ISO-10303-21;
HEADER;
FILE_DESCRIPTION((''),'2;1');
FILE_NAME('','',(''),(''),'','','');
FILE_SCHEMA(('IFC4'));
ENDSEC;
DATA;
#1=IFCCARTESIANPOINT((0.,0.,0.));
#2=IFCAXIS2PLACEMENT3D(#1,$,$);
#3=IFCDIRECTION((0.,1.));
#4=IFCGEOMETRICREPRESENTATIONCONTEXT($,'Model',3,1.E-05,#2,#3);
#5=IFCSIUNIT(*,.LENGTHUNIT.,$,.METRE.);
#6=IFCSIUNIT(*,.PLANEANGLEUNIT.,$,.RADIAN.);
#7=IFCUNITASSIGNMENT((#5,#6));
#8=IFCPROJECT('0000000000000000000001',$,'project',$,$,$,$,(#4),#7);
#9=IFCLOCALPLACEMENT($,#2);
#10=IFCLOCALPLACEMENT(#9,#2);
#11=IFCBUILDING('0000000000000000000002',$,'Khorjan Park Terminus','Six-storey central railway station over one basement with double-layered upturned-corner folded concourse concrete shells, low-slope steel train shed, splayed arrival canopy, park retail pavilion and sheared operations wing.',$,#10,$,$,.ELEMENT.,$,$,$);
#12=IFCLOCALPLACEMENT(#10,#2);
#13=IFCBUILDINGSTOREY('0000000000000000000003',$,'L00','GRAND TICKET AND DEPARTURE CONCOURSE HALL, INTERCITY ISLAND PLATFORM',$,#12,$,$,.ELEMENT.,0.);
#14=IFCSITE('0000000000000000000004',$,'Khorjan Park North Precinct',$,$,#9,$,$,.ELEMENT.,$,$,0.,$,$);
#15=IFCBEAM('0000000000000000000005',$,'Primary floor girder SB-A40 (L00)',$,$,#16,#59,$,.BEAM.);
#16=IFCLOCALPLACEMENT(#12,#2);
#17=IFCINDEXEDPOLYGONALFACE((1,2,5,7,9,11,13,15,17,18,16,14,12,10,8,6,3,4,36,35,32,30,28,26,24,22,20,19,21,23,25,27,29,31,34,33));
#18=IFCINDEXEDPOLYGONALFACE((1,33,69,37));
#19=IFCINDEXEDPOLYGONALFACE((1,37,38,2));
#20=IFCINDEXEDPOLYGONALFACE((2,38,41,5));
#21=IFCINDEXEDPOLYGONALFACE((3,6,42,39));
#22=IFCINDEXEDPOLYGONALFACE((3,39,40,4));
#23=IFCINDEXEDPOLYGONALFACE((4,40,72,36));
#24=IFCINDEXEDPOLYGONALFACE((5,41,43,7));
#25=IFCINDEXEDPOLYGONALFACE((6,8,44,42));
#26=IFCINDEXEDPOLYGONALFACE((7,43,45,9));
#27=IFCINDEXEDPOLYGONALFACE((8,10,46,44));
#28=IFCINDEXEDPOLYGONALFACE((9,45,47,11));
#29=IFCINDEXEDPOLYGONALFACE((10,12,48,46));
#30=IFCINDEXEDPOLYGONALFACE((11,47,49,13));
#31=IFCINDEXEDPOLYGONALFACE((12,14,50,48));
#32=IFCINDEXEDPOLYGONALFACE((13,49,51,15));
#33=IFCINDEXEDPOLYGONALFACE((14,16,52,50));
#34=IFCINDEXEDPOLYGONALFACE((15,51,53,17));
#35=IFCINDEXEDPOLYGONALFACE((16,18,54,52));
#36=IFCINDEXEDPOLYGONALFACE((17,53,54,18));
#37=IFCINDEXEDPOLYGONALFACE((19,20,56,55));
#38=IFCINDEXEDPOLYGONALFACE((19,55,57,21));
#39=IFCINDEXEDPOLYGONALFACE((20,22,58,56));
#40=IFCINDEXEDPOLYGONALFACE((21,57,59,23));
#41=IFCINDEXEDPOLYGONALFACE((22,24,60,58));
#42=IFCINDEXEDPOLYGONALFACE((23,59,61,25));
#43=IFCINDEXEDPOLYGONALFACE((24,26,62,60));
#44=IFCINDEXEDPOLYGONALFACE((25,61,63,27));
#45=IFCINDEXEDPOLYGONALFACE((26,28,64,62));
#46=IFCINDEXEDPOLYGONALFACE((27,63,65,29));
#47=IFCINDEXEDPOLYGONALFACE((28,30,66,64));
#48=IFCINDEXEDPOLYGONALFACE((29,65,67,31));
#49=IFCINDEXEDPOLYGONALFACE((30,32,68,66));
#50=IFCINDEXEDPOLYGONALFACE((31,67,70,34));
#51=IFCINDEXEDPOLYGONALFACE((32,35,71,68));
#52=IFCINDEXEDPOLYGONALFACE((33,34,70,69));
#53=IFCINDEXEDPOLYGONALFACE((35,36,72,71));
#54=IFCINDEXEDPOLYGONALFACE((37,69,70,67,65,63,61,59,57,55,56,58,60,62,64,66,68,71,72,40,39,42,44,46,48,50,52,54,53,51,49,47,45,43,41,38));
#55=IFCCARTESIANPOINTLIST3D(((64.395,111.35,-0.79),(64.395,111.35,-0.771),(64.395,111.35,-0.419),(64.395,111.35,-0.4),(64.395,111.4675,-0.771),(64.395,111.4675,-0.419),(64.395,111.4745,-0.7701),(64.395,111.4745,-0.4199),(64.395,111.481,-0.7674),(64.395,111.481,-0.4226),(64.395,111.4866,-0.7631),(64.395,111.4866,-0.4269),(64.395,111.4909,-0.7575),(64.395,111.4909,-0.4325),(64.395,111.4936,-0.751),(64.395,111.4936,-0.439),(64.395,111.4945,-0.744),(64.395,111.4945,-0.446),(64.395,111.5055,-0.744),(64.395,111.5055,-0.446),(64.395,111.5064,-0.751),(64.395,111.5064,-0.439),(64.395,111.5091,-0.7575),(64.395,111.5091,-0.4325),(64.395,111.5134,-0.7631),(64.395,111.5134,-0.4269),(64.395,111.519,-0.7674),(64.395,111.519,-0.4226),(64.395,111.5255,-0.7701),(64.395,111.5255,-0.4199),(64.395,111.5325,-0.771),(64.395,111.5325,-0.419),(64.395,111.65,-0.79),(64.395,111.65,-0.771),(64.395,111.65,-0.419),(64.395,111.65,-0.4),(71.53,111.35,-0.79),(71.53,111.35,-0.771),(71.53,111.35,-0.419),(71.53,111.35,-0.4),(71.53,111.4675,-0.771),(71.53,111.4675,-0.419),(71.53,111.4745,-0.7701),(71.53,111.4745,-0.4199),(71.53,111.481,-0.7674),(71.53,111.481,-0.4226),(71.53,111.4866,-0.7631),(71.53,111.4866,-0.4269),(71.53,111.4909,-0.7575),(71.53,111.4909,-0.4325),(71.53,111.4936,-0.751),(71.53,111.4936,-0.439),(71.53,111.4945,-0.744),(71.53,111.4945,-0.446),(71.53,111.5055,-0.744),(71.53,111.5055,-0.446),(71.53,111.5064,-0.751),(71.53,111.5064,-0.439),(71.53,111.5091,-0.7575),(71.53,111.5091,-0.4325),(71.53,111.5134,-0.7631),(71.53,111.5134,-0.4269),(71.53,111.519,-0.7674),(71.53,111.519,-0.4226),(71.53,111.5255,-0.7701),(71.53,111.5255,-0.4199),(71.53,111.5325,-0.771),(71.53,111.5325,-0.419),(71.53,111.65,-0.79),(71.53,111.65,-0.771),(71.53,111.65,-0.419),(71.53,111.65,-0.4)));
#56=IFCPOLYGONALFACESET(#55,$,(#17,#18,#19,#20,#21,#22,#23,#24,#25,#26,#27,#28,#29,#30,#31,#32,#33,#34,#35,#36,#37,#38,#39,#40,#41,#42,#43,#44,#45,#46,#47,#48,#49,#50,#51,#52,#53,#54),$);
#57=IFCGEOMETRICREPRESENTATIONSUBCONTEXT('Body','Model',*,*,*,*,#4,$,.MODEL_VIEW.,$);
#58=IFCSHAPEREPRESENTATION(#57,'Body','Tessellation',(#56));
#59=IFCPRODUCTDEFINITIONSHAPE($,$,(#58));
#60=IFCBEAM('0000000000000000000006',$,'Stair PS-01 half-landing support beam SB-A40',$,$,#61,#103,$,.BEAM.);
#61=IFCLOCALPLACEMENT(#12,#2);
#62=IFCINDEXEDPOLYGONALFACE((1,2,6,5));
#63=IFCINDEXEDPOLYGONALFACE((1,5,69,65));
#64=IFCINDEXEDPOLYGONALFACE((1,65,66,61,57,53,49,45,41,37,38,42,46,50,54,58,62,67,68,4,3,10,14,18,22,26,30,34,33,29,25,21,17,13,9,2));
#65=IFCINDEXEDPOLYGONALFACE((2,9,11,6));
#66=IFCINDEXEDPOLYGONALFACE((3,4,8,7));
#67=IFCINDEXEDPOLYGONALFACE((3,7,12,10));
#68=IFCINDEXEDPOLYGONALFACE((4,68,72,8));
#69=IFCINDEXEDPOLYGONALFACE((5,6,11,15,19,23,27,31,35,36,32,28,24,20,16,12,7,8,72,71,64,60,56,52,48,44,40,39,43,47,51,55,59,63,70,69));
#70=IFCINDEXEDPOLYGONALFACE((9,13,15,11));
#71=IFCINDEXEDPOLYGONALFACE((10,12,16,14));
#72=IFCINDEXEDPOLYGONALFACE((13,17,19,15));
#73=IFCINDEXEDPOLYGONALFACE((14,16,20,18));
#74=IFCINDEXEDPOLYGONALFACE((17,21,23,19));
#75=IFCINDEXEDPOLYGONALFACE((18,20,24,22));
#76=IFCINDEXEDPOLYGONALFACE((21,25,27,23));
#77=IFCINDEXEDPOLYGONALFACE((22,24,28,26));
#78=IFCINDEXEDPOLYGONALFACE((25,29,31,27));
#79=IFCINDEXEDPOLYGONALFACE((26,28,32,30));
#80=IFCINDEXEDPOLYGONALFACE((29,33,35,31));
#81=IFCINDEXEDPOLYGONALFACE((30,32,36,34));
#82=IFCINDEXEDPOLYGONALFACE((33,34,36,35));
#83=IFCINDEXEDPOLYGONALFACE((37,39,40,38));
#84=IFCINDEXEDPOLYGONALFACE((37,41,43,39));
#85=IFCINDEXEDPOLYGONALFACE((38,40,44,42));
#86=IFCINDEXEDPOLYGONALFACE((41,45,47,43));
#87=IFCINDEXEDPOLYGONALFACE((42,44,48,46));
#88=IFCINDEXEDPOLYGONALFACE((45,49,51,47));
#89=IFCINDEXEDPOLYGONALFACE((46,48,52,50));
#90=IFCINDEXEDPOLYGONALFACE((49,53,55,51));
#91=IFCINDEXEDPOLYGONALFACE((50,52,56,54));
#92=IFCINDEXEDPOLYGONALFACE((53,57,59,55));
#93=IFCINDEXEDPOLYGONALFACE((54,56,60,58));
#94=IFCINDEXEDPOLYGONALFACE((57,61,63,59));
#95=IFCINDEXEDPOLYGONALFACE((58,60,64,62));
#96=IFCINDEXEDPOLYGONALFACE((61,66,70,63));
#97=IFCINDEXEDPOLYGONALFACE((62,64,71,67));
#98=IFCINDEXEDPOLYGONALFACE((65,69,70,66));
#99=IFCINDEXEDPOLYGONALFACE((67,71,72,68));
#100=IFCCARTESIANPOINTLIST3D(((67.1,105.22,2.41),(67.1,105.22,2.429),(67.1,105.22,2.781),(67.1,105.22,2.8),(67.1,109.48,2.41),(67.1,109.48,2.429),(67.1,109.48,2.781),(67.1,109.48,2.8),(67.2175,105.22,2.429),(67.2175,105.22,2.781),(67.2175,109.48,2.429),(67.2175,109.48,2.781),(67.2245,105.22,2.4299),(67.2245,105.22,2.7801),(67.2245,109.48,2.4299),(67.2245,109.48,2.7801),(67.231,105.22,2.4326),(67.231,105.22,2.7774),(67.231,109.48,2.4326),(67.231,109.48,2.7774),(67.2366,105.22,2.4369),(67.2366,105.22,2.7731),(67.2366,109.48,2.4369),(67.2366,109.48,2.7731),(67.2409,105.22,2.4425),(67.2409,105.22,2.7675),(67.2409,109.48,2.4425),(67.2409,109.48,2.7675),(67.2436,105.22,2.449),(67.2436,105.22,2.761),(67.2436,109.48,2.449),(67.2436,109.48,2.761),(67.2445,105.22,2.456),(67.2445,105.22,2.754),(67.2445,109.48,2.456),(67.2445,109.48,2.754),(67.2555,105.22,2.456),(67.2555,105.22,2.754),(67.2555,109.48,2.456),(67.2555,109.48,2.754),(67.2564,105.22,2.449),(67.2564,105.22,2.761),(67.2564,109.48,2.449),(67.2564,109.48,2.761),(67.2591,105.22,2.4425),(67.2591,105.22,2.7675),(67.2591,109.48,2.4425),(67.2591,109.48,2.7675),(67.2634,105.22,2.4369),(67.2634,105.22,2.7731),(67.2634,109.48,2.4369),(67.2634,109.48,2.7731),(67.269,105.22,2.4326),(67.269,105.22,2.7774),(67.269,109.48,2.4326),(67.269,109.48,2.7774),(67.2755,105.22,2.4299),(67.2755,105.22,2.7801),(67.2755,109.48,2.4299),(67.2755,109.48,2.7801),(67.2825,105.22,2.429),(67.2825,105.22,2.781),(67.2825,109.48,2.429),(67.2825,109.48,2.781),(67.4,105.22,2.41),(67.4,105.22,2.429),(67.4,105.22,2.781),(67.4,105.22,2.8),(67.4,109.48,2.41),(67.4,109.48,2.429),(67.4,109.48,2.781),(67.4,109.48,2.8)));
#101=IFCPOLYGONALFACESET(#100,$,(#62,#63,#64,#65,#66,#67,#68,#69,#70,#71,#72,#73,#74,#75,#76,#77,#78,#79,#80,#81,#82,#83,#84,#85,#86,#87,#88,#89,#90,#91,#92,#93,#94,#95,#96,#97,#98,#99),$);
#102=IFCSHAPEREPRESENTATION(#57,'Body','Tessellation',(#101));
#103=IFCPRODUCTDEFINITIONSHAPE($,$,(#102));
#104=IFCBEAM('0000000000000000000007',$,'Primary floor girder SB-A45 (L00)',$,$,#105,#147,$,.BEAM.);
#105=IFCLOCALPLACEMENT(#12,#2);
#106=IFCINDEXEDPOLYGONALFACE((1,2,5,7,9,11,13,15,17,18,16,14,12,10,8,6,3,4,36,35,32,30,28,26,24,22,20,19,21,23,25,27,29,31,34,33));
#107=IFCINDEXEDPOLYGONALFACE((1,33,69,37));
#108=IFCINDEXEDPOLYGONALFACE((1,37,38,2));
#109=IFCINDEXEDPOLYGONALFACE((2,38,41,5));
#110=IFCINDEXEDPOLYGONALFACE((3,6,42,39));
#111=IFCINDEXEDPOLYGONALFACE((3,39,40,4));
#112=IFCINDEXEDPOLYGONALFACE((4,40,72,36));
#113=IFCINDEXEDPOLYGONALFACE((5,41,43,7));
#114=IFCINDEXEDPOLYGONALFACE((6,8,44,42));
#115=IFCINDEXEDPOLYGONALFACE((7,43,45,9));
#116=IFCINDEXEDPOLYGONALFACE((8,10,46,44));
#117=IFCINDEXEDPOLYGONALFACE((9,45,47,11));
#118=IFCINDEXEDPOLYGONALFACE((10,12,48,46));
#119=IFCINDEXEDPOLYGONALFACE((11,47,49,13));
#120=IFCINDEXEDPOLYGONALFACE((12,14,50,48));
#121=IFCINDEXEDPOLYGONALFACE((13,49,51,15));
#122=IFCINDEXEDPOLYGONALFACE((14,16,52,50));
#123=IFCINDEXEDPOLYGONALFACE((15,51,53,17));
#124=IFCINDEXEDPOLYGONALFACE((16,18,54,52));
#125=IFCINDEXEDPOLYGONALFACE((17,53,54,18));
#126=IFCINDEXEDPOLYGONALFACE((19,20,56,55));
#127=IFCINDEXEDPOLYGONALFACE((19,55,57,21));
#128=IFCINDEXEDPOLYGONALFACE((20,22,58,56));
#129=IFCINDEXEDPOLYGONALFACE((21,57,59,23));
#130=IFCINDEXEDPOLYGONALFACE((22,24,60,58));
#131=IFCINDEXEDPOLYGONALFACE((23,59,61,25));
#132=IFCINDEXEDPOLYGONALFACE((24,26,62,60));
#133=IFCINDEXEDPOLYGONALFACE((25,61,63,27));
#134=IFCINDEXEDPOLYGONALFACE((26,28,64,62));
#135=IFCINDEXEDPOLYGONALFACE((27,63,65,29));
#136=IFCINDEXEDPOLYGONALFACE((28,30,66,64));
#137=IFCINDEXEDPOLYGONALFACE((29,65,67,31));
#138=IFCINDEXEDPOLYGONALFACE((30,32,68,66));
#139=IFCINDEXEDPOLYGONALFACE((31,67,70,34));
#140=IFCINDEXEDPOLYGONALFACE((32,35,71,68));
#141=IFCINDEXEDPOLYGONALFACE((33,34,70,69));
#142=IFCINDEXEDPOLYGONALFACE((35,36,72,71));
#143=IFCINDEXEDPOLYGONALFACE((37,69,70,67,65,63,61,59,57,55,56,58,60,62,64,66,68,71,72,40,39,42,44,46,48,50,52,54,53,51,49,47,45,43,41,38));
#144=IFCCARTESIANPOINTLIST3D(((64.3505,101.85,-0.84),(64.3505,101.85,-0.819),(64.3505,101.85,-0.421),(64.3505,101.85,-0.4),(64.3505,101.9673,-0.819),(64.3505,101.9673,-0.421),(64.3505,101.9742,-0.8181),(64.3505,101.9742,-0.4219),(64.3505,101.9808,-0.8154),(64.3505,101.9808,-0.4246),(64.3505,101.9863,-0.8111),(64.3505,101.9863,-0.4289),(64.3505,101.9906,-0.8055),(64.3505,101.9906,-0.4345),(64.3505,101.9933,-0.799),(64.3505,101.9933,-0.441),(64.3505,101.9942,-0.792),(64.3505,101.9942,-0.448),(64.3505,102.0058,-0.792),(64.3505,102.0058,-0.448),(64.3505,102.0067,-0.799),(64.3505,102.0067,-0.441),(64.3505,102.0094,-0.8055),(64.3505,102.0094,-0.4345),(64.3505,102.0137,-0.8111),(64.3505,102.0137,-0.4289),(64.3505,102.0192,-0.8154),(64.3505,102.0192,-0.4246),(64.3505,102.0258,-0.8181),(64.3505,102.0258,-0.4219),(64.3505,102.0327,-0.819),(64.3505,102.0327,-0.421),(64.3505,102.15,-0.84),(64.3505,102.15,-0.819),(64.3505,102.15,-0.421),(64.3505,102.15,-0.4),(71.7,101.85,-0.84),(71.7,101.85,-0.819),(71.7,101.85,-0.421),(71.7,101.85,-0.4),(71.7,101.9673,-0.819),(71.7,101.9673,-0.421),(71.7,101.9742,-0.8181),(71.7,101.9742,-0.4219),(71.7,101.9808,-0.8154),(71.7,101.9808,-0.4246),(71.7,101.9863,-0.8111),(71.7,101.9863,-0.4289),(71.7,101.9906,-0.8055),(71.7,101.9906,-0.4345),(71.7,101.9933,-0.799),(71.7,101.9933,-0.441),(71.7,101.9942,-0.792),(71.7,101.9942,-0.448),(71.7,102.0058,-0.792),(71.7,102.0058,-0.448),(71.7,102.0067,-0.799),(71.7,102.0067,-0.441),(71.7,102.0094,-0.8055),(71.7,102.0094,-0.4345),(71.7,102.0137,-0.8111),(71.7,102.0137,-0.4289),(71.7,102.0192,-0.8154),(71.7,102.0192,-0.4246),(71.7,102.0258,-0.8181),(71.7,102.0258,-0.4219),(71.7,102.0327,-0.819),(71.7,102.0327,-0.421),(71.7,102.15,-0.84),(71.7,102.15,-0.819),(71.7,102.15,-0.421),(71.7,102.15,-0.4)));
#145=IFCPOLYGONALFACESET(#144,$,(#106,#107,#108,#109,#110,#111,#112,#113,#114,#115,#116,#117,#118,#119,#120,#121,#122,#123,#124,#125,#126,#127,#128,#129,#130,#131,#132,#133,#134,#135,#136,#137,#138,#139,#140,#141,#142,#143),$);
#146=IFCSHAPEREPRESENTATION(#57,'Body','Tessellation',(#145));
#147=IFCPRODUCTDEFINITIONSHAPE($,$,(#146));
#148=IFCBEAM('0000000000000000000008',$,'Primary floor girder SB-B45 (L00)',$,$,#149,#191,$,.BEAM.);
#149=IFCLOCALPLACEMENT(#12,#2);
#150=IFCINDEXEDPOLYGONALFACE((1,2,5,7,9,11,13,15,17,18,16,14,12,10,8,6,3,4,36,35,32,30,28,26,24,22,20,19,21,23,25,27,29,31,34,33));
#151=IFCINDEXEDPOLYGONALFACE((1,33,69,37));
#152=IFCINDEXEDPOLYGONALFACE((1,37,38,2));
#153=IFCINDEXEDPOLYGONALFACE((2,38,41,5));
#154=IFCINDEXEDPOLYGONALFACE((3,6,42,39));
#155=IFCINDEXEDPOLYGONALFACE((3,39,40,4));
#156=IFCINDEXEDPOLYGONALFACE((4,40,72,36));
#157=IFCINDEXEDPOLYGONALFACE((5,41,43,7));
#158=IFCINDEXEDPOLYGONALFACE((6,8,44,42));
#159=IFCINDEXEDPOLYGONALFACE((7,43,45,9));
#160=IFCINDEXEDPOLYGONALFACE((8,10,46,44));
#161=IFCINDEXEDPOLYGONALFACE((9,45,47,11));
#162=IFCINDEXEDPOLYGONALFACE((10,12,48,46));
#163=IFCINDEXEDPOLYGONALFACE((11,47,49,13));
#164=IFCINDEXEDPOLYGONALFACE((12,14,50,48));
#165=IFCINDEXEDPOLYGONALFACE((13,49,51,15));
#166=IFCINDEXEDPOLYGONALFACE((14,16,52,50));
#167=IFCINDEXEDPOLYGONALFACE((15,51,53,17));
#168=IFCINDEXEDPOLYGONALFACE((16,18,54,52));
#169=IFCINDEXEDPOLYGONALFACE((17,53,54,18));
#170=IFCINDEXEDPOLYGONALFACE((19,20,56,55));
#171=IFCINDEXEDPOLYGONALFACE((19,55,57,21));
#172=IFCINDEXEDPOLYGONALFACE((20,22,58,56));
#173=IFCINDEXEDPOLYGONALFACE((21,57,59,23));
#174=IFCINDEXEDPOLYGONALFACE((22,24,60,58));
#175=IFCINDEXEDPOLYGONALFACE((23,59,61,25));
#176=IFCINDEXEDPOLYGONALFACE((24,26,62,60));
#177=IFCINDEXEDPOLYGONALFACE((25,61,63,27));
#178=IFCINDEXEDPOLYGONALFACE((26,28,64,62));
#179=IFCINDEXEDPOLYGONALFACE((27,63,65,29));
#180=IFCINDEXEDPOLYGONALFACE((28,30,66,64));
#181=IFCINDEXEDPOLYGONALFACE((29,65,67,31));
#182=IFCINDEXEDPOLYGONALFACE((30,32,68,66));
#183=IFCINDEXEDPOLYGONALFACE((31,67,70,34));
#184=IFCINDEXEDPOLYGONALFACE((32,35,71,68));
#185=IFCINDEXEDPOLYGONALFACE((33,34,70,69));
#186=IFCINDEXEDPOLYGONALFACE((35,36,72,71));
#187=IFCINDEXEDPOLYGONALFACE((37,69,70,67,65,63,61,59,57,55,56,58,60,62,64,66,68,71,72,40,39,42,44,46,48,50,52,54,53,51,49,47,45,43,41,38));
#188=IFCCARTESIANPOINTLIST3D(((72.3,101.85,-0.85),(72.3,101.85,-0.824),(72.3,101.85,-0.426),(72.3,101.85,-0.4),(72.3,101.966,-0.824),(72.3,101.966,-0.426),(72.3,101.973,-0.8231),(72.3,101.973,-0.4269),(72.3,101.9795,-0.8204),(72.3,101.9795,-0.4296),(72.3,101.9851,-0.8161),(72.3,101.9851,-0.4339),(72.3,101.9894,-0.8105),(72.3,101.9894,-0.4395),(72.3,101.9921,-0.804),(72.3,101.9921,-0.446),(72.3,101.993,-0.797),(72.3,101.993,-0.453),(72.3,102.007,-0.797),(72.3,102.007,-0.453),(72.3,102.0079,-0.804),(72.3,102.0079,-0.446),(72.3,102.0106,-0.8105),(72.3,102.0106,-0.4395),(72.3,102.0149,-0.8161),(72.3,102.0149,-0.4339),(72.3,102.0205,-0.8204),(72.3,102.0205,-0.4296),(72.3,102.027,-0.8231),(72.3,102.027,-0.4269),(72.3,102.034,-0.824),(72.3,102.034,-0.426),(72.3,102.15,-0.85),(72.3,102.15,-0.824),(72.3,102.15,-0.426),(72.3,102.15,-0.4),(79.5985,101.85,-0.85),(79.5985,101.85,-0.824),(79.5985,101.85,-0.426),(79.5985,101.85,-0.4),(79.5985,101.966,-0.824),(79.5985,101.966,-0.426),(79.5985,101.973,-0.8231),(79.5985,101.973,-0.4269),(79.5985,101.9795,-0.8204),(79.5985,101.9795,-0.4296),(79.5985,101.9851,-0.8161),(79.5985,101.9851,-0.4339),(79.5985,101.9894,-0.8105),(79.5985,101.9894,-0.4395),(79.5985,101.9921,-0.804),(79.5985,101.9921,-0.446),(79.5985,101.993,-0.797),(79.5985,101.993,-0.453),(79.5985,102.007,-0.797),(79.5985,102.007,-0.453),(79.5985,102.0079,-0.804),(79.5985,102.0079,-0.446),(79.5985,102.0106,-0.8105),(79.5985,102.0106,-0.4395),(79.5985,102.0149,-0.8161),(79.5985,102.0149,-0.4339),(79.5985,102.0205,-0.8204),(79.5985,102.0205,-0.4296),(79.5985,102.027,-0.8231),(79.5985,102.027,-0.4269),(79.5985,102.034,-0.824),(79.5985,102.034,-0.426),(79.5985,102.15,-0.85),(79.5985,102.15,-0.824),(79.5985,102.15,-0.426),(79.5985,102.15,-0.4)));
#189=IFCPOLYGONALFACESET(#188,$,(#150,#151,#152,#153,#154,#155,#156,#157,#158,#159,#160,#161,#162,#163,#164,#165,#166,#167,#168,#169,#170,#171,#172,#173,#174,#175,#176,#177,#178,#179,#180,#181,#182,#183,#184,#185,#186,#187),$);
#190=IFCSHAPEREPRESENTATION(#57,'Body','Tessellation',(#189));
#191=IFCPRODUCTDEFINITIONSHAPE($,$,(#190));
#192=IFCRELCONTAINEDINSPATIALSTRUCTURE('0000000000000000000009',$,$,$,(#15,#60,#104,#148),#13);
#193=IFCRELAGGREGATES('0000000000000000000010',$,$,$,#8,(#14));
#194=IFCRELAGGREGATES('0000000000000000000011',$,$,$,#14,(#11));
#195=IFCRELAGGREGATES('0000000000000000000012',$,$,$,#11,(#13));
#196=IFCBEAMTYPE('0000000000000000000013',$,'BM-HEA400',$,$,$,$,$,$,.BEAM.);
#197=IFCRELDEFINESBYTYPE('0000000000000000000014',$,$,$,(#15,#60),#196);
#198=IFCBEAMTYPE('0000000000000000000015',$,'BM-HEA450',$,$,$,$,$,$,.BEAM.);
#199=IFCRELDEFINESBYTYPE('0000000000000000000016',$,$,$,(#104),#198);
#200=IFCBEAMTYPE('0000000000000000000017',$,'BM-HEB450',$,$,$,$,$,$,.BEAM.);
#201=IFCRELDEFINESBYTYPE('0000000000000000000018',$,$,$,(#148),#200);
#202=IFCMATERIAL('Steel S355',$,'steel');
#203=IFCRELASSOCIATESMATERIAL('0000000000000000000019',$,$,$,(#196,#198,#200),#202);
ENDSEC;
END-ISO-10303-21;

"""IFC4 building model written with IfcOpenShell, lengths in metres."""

from ifc_helpers import new_model, si_unit, direction, frame, origin, origin_2d, place, context, subcontext, project, spatial, i_section, extrude, material, material_profile, profile_set, type_object, element, save


model = new_model("IFC4")

# Units and contexts
model_context = context("Model", 3, precision=1e-05, world=origin(), true_north=direction((0.0, 1.0)))
body_context = subcontext(model_context, "Body", "Model", "MODEL_VIEW")
ifc_project = project(units=[si_unit("LENGTHUNIT", "METRE"), si_unit("PLANEANGLEUNIT", "RADIAN")], contexts=[model_context])

# Site, building, storey
site_placement = place(None, origin())
site = spatial("IfcSite", under=ifc_project, at=site_placement, Name="Khorjan Park North Precinct", CompositionType="ELEMENT", RefElevation=0.0)
building_placement = place(site_placement, origin())
building = spatial("IfcBuilding", under=site, at=building_placement, Name="Khorjan Park Terminus", Description="Six-storey central railway station over one basement with double-layered upturned-corner folded concourse concrete shells, low-slope steel train shed, splayed arrival canopy, park retail pavilion and sheared operations wing.", CompositionType="ELEMENT")
storey_placement = place(building_placement, origin())
storey = spatial("IfcBuildingStorey", under=building, at=storey_placement, Name="L00", Description="GRAND TICKET AND DEPARTURE CONCOURSE HALL, INTERCITY ISLAND PLATFORM", CompositionType="ELEMENT", Elevation=0.0)

# Shared definitions
ifc_material_1 = material(Name="Steel S355", Category="steel")

# Beams
ifc_material_profile_1 = material_profile(ifc_material_1, i_section(OverallWidth=0.3, OverallDepth=0.39, WebThickness=0.011, FlangeThickness=0.019, FilletRadius=0.027, at=origin_2d()), Name="HEA 400")
ifc_profile_set_1 = profile_set([ifc_material_profile_1], Name="Steel S355")
beam_type_1 = type_object("IfcBeamType", Name="BM-HEA400", PredefinedType="BEAM", material=ifc_profile_set_1)
beam_1_placement = place(storey_placement, frame((64.395, 111.5, -0.595), z_axis=(1.0, 0.0, 0.0), x_axis=(0.0, 1.0, 0.0)))
element("IfcBeam", 1, at=beam_1_placement, inside=storey, type_object=beam_type_1, Name="Primary floor girder SB-A40 (L00)", PredefinedType="BEAM", context=body_context, shape_type="SweptSolid", body=[
    extrude(i_section(OverallWidth=0.3, OverallDepth=0.39, WebThickness=0.011, FlangeThickness=0.019, FilletRadius=0.027, at=origin_2d()), origin(), (0.0, 0.0, 1.0), 7.135),
])
beam_2_placement = place(storey_placement, frame((67.25, 105.22, 2.605), z_axis=(0.0, 1.0, 0.0), x_axis=(-1.0, 0.0, 0.0)))
element("IfcBeam", 2, at=beam_2_placement, inside=storey, type_object=beam_type_1, Name="Stair PS-01 half-landing support beam SB-A40", PredefinedType="BEAM", context=body_context, shape_type="SweptSolid", body=[
    extrude(i_section(OverallWidth=0.3, OverallDepth=0.39, WebThickness=0.011, FlangeThickness=0.019, FilletRadius=0.027, at=origin_2d()), origin(), (0.0, 0.0, 1.0), 4.26),
])
ifc_material_profile_2 = material_profile(ifc_material_1, i_section(OverallWidth=0.3, OverallDepth=0.44, WebThickness=0.0115, FlangeThickness=0.021, FilletRadius=0.027, at=origin_2d()), Name="HEA 450")
ifc_profile_set_2 = profile_set([ifc_material_profile_2], Name="Steel S355")
beam_type_2 = type_object("IfcBeamType", Name="BM-HEA450", PredefinedType="BEAM", material=ifc_profile_set_2)
beam_3_placement = place(storey_placement, frame((64.3505, 102.0, -0.62), z_axis=(1.0, 0.0, 0.0), x_axis=(0.0, 1.0, 0.0)))
element("IfcBeam", 3, at=beam_3_placement, inside=storey, type_object=beam_type_2, Name="Primary floor girder SB-A45 (L00)", PredefinedType="BEAM", context=body_context, shape_type="SweptSolid", body=[
    extrude(i_section(OverallWidth=0.3, OverallDepth=0.44, WebThickness=0.0115, FlangeThickness=0.021, FilletRadius=0.027, at=origin_2d()), origin(), (0.0, 0.0, 1.0), 7.3495),
])
ifc_material_profile_3 = material_profile(ifc_material_1, i_section(OverallWidth=0.3, OverallDepth=0.45, WebThickness=0.014, FlangeThickness=0.026, FilletRadius=0.027, at=origin_2d()), Name="HEB 450")
ifc_profile_set_3 = profile_set([ifc_material_profile_3], Name="Steel S355")
beam_type_3 = type_object("IfcBeamType", Name="BM-HEB450", PredefinedType="BEAM", material=ifc_profile_set_3)
beam_4_placement = place(storey_placement, frame((72.3, 102.0, -0.625), z_axis=(1.0, 0.0, 0.0), x_axis=(0.0, 1.0, 0.0)))
element("IfcBeam", 4, at=beam_4_placement, inside=storey, type_object=beam_type_3, Name="Primary floor girder SB-B45 (L00)", PredefinedType="BEAM", context=body_context, shape_type="SweptSolid", body=[
    extrude(i_section(OverallWidth=0.3, OverallDepth=0.45, WebThickness=0.014, FlangeThickness=0.026, FilletRadius=0.027, at=origin_2d()), origin(), (0.0, 0.0, 1.0), 7.2985),
])

save(model, "model.ifc")
